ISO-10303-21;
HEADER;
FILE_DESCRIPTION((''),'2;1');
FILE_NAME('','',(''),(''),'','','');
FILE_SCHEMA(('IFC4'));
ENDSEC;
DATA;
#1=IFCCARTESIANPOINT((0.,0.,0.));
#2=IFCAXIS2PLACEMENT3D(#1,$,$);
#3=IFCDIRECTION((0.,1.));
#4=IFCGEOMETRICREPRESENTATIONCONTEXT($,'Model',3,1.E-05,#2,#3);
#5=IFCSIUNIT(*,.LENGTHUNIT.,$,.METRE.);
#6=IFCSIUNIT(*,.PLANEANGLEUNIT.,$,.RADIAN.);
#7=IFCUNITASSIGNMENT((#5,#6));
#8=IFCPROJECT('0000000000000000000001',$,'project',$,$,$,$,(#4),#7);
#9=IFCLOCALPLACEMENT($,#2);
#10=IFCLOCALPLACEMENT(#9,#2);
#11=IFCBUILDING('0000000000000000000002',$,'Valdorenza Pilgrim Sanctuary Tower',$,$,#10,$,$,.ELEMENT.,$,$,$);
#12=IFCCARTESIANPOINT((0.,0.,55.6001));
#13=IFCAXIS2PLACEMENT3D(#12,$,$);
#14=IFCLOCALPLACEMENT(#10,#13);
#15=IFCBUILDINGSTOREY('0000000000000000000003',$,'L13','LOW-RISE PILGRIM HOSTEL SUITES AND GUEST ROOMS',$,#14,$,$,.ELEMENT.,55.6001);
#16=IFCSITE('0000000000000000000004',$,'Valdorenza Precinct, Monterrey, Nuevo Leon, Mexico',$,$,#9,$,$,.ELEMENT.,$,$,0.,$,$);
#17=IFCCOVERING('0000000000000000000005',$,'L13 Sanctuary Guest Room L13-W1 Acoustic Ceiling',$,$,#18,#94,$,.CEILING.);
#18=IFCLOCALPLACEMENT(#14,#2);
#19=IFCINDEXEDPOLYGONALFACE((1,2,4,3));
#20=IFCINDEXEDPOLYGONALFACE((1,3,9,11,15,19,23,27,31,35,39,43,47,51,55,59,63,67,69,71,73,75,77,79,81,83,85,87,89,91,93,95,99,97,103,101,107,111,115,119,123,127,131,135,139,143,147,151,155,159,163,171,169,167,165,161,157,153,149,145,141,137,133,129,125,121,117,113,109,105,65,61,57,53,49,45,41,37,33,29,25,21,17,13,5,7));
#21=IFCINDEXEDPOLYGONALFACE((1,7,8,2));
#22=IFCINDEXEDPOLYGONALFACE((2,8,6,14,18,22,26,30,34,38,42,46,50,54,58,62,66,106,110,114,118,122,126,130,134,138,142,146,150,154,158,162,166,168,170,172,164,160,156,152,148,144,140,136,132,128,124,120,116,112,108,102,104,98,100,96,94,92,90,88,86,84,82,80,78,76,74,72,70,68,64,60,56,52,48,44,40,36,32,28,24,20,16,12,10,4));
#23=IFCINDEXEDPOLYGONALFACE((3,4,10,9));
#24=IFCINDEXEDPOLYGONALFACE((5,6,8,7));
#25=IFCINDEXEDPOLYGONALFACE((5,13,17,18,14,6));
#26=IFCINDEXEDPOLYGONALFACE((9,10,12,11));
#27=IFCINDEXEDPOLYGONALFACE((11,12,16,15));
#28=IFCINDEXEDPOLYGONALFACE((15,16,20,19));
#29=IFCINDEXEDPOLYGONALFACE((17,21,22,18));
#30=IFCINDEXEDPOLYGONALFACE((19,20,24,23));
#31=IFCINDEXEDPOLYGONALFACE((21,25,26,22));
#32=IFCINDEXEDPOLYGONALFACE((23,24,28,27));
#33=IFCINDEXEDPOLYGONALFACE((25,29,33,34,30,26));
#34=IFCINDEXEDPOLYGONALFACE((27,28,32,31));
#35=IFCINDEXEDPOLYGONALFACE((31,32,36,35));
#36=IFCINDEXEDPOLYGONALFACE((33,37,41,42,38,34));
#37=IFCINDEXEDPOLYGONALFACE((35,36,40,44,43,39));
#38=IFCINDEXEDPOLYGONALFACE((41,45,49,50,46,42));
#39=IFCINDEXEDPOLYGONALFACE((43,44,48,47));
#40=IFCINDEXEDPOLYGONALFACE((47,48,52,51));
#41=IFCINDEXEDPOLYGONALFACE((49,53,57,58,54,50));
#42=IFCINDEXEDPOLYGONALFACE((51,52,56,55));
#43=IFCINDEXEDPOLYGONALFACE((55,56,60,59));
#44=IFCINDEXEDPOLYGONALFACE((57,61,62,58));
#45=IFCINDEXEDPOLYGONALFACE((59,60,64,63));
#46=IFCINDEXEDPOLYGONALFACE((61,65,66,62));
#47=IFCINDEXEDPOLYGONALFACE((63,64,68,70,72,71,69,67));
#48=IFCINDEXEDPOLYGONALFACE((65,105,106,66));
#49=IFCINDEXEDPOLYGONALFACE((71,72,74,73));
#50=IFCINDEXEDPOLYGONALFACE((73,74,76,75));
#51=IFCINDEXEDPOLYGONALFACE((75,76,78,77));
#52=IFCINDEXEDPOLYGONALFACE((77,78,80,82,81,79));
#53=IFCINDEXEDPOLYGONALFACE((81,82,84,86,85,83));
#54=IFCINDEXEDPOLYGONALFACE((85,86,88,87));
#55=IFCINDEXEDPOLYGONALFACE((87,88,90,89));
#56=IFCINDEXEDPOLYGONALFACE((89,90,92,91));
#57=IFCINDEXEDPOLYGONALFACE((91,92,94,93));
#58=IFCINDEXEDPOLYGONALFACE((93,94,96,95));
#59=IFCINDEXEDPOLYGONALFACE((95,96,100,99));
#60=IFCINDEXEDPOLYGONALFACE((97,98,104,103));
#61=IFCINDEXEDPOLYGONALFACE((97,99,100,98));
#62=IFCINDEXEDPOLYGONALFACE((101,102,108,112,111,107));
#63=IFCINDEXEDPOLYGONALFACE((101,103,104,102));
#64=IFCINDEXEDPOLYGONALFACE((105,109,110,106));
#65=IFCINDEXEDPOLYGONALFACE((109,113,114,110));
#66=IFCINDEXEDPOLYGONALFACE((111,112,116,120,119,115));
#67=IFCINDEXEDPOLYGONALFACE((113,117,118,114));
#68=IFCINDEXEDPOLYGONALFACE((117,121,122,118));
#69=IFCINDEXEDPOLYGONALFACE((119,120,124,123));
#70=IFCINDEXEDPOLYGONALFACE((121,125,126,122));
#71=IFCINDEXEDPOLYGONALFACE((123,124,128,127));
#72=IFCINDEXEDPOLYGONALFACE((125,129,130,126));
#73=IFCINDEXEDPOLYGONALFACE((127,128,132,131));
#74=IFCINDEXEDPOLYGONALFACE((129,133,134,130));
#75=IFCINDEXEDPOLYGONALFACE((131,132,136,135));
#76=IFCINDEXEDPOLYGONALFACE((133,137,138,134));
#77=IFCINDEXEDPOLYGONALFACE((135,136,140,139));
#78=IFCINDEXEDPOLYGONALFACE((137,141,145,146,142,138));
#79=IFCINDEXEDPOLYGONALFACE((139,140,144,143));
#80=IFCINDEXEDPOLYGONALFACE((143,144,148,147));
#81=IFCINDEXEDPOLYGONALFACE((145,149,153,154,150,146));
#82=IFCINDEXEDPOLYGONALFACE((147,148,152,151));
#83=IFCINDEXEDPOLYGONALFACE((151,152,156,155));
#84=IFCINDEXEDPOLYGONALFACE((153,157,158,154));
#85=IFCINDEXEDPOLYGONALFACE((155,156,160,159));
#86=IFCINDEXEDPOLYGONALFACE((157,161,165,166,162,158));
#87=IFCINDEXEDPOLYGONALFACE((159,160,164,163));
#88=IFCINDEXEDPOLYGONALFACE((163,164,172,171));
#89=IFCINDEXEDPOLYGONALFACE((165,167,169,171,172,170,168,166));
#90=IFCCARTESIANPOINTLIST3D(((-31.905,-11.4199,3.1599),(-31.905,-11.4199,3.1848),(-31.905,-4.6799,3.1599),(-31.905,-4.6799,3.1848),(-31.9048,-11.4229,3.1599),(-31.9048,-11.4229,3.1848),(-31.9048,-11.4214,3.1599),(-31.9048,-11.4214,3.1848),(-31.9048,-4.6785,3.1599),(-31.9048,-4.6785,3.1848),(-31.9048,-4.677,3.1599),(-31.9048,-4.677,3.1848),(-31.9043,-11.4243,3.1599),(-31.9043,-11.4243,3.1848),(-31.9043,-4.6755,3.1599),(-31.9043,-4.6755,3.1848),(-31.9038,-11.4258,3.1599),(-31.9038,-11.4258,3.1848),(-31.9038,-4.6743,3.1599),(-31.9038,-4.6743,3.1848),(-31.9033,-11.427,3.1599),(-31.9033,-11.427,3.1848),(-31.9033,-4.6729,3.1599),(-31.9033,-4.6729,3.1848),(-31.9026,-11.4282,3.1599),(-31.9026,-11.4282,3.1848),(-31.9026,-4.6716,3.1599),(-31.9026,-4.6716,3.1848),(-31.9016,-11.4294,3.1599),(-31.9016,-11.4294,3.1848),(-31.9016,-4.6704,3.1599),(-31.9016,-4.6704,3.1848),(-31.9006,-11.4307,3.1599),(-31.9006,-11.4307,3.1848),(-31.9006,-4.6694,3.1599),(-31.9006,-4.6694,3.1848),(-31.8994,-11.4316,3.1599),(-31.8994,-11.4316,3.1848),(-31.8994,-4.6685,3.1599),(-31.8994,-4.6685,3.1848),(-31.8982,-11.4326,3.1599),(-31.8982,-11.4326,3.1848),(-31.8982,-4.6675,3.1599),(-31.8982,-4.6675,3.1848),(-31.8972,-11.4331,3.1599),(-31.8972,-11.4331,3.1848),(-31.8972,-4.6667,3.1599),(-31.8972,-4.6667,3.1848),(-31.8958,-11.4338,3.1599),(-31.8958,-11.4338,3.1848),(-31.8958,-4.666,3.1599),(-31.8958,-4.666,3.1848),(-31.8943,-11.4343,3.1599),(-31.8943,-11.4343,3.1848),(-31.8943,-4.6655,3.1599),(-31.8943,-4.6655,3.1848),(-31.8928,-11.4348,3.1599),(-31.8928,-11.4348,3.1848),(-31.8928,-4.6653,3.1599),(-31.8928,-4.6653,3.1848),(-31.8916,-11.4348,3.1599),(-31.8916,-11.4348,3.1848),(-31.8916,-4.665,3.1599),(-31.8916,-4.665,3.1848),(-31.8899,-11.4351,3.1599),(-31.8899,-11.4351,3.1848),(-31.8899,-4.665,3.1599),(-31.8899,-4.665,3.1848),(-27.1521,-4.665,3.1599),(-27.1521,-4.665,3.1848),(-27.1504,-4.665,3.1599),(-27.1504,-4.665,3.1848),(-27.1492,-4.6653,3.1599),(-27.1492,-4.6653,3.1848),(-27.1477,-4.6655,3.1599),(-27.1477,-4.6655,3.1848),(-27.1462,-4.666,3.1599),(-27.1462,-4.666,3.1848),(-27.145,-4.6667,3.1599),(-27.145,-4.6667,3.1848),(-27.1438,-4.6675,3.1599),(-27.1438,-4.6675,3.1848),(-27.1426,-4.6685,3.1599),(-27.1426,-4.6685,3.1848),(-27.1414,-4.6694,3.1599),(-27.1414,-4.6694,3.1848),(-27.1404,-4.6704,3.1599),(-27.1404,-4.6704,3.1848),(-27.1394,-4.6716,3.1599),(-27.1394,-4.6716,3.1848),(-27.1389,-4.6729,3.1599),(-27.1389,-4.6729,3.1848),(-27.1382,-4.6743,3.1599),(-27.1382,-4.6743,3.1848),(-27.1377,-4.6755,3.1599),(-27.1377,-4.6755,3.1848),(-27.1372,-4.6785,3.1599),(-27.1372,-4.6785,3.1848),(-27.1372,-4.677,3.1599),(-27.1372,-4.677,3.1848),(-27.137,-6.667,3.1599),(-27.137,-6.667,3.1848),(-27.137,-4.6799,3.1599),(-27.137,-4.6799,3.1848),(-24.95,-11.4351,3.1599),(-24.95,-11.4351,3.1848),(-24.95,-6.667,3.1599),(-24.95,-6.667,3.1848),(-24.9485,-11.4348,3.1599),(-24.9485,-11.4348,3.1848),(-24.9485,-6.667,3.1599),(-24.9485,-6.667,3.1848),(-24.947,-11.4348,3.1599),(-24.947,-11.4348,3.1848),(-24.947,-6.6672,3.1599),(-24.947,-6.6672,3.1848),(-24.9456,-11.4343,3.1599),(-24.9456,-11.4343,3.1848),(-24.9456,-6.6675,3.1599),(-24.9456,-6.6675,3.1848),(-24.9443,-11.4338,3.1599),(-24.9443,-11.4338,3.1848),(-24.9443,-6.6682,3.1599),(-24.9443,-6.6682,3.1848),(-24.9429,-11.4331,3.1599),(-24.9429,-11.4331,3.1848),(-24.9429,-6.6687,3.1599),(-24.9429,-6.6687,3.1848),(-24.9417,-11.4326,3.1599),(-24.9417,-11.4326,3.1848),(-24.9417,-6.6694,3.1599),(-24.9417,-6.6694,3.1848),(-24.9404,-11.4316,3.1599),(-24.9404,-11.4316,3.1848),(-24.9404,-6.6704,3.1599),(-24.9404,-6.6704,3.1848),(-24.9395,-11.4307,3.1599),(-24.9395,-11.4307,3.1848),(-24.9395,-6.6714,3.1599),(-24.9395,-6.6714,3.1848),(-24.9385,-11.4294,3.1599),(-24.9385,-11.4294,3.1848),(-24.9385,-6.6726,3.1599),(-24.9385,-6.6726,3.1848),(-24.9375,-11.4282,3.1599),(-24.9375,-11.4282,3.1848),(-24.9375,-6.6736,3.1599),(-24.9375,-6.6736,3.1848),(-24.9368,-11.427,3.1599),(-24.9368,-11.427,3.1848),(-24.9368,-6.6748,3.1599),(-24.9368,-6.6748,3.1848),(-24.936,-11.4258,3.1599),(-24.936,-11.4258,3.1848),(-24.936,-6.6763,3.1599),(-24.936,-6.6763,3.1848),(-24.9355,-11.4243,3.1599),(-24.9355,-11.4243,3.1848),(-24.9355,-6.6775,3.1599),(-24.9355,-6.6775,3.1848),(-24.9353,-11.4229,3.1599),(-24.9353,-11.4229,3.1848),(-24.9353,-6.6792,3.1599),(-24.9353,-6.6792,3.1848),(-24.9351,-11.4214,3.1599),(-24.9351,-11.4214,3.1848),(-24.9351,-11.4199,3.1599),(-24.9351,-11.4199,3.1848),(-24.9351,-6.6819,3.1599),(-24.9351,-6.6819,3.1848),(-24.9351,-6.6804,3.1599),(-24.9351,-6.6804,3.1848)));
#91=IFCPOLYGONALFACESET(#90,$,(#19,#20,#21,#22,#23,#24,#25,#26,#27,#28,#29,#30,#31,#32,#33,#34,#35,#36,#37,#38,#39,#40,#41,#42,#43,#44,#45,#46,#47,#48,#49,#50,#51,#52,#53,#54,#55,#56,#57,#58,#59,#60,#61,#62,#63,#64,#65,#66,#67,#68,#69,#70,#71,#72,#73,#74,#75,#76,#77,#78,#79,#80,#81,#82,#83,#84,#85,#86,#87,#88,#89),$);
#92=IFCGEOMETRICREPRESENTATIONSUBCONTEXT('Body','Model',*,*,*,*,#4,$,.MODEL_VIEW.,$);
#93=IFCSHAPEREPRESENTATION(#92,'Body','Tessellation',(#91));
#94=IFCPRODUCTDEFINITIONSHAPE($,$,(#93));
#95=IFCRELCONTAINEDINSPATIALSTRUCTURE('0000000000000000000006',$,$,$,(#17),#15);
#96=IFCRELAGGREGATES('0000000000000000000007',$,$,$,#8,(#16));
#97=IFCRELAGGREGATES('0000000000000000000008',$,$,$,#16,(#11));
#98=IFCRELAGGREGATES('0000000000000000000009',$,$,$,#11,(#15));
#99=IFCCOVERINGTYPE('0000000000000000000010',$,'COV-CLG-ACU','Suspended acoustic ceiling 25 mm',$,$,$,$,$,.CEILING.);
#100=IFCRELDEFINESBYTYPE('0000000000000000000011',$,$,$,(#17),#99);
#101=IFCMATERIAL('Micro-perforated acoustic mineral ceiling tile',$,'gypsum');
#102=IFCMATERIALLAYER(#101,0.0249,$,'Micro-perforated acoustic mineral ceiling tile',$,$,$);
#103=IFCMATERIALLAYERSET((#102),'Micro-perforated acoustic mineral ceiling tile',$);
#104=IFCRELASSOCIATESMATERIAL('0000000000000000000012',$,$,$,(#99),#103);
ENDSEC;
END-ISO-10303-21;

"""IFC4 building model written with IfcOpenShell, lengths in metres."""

from ifc_helpers import new_model, si_unit, direction, frame, origin, place, context, subcontext, project, spatial, polyline, outline, extrude, material, layer, layer_set, type_object, element, save


model = new_model("IFC4")

# Units and contexts
model_context = context("Model", 3, precision=1e-05, world=origin(), true_north=direction((0.0, 1.0)))
body_context = subcontext(model_context, "Body", "Model", "MODEL_VIEW")
ifc_project = project(units=[si_unit("LENGTHUNIT", "METRE"), si_unit("PLANEANGLEUNIT", "RADIAN")], contexts=[model_context])

# Site, building, storey
site_placement = place(None, origin())
site = spatial("IfcSite", under=ifc_project, at=site_placement, Name="Valdorenza Precinct, Monterrey, Nuevo Leon, Mexico", CompositionType="ELEMENT", RefElevation=0.0)
building_placement = place(site_placement, origin())
building = spatial("IfcBuilding", under=site, at=building_placement, Name="Valdorenza Pilgrim Sanctuary Tower", CompositionType="ELEMENT")
storey_placement = place(building_placement, frame((0.0, 0.0, 55.6001)))
storey = spatial("IfcBuildingStorey", under=building, at=storey_placement, Name="L13", Description="LOW-RISE PILGRIM HOSTEL SUITES AND GUEST ROOMS", CompositionType="ELEMENT", Elevation=55.6001)

# Covering
ifc_material_1 = material(Name="Micro-perforated acoustic mineral ceiling tile", Category="gypsum")
ifc_layer_1 = layer(ifc_material_1, 0.0249, Name="Micro-perforated acoustic mineral ceiling tile")
ifc_layer_set_1 = layer_set([ifc_layer_1], Name="Micro-perforated acoustic mineral ceiling tile")
covering_type_1 = type_object("IfcCoveringType", Name="COV-CLG-ACU", Description="Suspended acoustic ceiling 25 mm", PredefinedType="CEILING", material=ifc_layer_set_1)
covering_1_placement = place(storey_placement, frame((0.0, 0.0, 3.1599)))
element("IfcCovering", 1, at=covering_1_placement, inside=storey, type_object=covering_type_1, Name="L13 Sanctuary Guest Room L13-W1 Acoustic Ceiling", PredefinedType="CEILING", context=body_context, shape_type="SweptSolid", body=[
    extrude(outline(polyline([(-31.905, -4.6799), (-31.9048, -4.6785), (-31.9048, -4.677), (-31.9043, -4.6755), (-31.9038, -4.6743), (-31.9033, -4.6729), (-31.9026, -4.6716), (-31.9016, -4.6704), (-31.9006, -4.6694), (-31.8994, -4.6685), (-31.8982, -4.6675), (-31.8972, -4.6667), (-31.8958, -4.666), (-31.8943, -4.6655), (-31.8928, -4.6653), (-31.8916, -4.665), (-31.8899, -4.665), (-27.1521, -4.665), (-27.1504, -4.665), (-27.1492, -4.6653), (-27.1477, -4.6655), (-27.1462, -4.666), (-27.145, -4.6667), (-27.1438, -4.6675), (-27.1426, -4.6685), (-27.1414, -4.6694), (-27.1404, -4.6704), (-27.1394, -4.6716), (-27.1389, -4.6729), (-27.1382, -4.6743), (-27.1377, -4.6755), (-27.1372, -4.677), (-27.1372, -4.6785), (-27.137, -4.6799), (-27.137, -6.667), (-24.95, -6.667), (-24.9485, -6.667), (-24.947, -6.6672), (-24.9456, -6.6675), (-24.9443, -6.6682), (-24.9429, -6.6687), (-24.9417, -6.6694), (-24.9404, -6.6704), (-24.9395, -6.6714), (-24.9385, -6.6726), (-24.9375, -6.6736), (-24.9368, -6.6748), (-24.936, -6.6763), (-24.9355, -6.6775), (-24.9353, -6.6792), (-24.9351, -6.6804), (-24.9351, -6.6819), (-24.9351, -11.4199), (-24.9351, -11.4214), (-24.9353, -11.4229), (-24.9355, -11.4243), (-24.936, -11.4258), (-24.9368, -11.427), (-24.9375, -11.4282), (-24.9385, -11.4294), (-24.9395, -11.4307), (-24.9404, -11.4316), (-24.9417, -11.4326), (-24.9429, -11.4331), (-24.9443, -11.4338), (-24.9456, -11.4343), (-24.947, -11.4348), (-24.9485, -11.4348), (-24.95, -11.4351), (-31.8899, -11.4351), (-31.8916, -11.4348), (-31.8928, -11.4348), (-31.8943, -11.4343), (-31.8958, -11.4338), (-31.8972, -11.4331), (-31.8982, -11.4326), (-31.8994, -11.4316), (-31.9006, -11.4307), (-31.9016, -11.4294), (-31.9026, -11.4282), (-31.9033, -11.427), (-31.9038, -11.4258), (-31.9043, -11.4243), (-31.9048, -11.4229), (-31.9048, -11.4214), (-31.905, -11.4199), (-31.905, -4.6799)])), origin(), (0.0, 0.0, 1.0), 0.0249),
])

save(model, "model.ifc")
